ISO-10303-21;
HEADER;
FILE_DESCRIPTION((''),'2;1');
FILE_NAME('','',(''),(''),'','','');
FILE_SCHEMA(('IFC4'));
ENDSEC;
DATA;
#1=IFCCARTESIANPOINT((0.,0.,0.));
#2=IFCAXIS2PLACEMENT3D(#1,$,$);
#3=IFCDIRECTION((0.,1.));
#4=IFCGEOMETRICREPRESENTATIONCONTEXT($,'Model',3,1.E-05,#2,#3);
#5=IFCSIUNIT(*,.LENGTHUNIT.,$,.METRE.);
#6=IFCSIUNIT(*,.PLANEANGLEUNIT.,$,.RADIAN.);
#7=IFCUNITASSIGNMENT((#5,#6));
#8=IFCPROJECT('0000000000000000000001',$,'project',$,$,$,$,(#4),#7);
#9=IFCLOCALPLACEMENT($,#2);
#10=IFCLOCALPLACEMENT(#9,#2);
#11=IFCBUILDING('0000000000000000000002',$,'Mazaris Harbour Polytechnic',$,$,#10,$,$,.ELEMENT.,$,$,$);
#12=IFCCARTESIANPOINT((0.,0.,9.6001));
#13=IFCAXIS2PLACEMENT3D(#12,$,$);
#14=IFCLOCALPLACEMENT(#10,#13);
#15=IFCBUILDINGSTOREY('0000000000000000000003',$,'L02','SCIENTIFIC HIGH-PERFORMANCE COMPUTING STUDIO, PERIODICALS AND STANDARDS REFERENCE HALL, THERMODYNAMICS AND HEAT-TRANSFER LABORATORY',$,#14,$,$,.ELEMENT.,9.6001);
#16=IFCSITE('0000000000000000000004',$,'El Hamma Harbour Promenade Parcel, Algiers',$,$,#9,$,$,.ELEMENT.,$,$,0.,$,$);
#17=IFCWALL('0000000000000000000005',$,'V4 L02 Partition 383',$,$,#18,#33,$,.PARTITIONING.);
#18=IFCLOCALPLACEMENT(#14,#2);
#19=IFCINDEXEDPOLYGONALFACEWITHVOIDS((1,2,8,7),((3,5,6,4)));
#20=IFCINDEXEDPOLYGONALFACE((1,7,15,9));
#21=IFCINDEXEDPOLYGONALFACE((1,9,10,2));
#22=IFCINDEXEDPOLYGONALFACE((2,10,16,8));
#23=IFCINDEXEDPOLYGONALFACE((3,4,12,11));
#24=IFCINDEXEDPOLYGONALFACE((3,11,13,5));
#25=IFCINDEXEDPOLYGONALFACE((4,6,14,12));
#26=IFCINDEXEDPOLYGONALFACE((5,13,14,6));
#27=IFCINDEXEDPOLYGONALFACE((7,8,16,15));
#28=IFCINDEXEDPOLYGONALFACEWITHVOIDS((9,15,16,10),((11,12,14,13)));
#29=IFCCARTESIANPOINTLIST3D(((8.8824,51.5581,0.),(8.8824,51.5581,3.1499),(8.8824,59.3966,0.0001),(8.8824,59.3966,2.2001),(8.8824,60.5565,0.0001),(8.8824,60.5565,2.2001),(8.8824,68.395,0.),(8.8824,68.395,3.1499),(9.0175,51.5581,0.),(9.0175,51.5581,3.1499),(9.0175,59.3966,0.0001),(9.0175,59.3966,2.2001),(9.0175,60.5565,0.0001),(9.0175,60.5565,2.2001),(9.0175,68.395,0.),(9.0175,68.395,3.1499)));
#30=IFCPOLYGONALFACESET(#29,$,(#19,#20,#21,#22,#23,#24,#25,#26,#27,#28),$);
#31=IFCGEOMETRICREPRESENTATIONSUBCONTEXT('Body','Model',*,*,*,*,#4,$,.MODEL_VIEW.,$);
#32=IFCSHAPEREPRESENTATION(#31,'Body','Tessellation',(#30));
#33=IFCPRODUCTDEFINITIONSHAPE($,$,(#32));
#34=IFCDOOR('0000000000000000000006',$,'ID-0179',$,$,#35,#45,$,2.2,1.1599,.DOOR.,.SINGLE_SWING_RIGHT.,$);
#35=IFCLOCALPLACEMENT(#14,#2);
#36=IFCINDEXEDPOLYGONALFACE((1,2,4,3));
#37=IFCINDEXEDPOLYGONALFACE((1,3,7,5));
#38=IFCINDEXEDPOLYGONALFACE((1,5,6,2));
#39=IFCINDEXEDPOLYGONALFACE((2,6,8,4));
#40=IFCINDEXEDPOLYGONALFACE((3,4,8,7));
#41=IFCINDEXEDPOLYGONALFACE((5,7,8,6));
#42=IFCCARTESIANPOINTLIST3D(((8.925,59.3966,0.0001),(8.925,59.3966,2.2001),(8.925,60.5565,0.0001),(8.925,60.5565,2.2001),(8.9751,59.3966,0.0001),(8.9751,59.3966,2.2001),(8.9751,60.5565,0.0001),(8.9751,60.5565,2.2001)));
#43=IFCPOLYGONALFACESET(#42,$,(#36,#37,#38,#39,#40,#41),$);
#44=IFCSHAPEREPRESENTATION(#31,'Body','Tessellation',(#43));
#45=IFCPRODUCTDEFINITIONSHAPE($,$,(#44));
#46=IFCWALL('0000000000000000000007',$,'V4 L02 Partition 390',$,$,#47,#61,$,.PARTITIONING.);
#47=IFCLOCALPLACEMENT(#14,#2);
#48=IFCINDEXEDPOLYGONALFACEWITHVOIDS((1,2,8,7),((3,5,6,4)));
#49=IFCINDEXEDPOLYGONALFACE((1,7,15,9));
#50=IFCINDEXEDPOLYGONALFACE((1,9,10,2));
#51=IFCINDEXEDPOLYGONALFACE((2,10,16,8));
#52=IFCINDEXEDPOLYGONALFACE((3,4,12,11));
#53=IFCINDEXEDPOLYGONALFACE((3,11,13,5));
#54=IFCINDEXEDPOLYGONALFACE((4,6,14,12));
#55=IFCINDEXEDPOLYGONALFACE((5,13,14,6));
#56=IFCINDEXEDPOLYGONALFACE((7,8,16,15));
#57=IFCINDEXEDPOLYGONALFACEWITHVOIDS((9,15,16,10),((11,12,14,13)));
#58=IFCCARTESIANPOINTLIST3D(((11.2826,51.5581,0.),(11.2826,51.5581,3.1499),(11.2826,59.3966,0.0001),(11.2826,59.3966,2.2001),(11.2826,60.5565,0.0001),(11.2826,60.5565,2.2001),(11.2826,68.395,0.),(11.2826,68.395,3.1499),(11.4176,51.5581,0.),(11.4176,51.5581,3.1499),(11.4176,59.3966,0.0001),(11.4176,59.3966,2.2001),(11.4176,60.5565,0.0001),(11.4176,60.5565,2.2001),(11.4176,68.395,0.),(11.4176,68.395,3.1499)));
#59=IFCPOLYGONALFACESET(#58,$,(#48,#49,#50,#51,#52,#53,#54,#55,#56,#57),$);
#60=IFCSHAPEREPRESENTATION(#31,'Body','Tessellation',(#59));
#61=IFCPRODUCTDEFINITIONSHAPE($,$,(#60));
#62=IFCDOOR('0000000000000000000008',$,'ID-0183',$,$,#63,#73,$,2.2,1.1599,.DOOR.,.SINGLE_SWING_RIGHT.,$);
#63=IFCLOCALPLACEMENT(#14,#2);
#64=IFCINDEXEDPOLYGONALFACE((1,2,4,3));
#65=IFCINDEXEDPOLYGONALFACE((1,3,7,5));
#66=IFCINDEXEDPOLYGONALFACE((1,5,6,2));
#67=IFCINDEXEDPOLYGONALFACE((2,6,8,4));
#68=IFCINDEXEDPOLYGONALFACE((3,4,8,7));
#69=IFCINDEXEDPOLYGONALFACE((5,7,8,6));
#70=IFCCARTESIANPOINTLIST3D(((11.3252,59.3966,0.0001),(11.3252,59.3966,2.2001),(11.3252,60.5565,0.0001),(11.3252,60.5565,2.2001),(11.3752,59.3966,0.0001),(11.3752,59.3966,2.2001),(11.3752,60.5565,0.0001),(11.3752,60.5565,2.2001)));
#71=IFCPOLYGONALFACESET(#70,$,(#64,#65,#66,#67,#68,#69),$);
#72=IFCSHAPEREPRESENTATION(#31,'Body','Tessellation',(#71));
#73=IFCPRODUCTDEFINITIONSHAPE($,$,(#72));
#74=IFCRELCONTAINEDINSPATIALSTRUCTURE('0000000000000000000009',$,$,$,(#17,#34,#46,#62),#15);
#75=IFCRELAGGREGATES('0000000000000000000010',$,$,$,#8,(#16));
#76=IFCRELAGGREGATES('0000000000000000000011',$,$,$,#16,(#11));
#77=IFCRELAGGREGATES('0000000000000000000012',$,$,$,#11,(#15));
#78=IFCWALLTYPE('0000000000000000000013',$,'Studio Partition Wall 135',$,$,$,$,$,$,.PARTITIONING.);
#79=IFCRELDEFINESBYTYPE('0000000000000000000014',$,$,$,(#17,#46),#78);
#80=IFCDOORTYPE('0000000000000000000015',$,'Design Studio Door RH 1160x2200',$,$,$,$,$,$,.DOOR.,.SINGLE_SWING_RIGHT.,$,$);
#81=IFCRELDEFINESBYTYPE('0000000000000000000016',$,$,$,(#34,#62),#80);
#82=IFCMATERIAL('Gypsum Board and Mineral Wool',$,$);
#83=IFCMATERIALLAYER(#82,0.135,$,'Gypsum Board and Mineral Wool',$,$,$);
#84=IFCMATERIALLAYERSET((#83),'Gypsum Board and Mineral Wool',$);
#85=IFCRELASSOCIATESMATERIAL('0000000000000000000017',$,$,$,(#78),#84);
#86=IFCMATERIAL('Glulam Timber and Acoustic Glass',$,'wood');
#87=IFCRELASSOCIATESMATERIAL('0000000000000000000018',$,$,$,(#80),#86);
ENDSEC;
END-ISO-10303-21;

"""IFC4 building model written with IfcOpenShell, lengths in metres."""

from ifc_helpers import new_model, si_unit, direction, frame, frame_2d, origin, place, context, subcontext, project, spatial, rectangle, extrude, material, layer, layer_set, type_object, element, fill, save


model = new_model("IFC4")

# Units and contexts
model_context = context("Model", 3, precision=1e-05, world=origin(), true_north=direction((0.0, 1.0)))
body_context = subcontext(model_context, "Body", "Model", "MODEL_VIEW")
ifc_project = project(units=[si_unit("LENGTHUNIT", "METRE"), si_unit("PLANEANGLEUNIT", "RADIAN")], contexts=[model_context])

# Site, building, storey
site_placement = place(None, origin())
site = spatial("IfcSite", under=ifc_project, at=site_placement, Name="El Hamma Harbour Promenade Parcel, Algiers", CompositionType="ELEMENT", RefElevation=0.0)
building_placement = place(site_placement, origin())
building = spatial("IfcBuilding", under=site, at=building_placement, Name="Mazaris Harbour Polytechnic", CompositionType="ELEMENT")
storey_placement = place(building_placement, frame((0.0, 0.0, 9.6001)))
storey = spatial("IfcBuildingStorey", under=building, at=storey_placement, Name="L02", Description="SCIENTIFIC HIGH-PERFORMANCE COMPUTING STUDIO, PERIODICALS AND STANDARDS REFERENCE HALL, THERMODYNAMICS AND HEAT-TRANSFER LABORATORY", CompositionType="ELEMENT", Elevation=9.6001)

# Walls, openings, doors
ifc_material_1 = material(Name="Gypsum Board and Mineral Wool")
ifc_layer_1 = layer(ifc_material_1, 0.135, Name="Gypsum Board and Mineral Wool")
ifc_layer_set_1 = layer_set([ifc_layer_1], Name="Gypsum Board and Mineral Wool")
wall_type_1 = type_object("IfcWallType", Name="Studio Partition Wall 135", PredefinedType="PARTITIONING", material=ifc_layer_set_1)
wall_1_placement = place(storey_placement, frame((8.95, 51.5581, 0.0), z_axis=(0.0, 0.0, 1.0), x_axis=(0.0, 1.0, 0.0)))
wall_1 = element("IfcWall", 1, at=wall_1_placement, inside=storey, type_object=wall_type_1, Name="V4 L02 Partition 383", PredefinedType="PARTITIONING", context=body_context, shape_type="SweptSolid", body=[
    extrude(rectangle(XDim=16.8369, YDim=0.135, at=frame_2d((8.4185, 0.0))), origin(), (0.0, 0.0, 1.0), 3.1499),
])
opening_1_placement = place(wall_1_placement, frame((7.8384, 0.0, 0.0)))
opening_1 = element("IfcOpeningElement", 2, at=opening_1_placement, cuts=wall_1, PredefinedType="OPENING", context=body_context, shape_type="SweptSolid", body=[
    extrude(rectangle(XDim=1.1599, YDim=2.2, at=frame_2d((0.5801, 1.1001))), frame((0.0, 0.0774, 0.0), z_axis=(0.0, -1.0, 0.0), x_axis=(1.0, 0.0, 0.0)), (0.0, 0.0, 1.0), 0.155),
])
ifc_material_2 = material(Name="Glulam Timber and Acoustic Glass", Category="wood")
door_type = type_object("IfcDoorType", Name="Design Studio Door RH 1160x2200", OperationType="SINGLE_SWING_RIGHT", PredefinedType="DOOR", material=ifc_material_2)
door_1_placement = place(opening_1_placement, origin())
door_1 = element("IfcDoor", 3, at=door_1_placement, inside=storey, type_object=door_type, Name="ID-0179", OperationType="SINGLE_SWING_RIGHT", OverallHeight=2.2, OverallWidth=1.1599, PredefinedType="DOOR", context=body_context, shape_type="SweptSolid", body=[
    extrude(rectangle(XDim=1.1599, YDim=2.2, at=frame_2d((0.5801, 1.1001))), frame((0.0, 0.0249, 0.0), z_axis=(0.0, -1.0, 0.0), x_axis=(1.0, 0.0, 0.0)), (0.0, 0.0, 1.0), 0.05),
])
fill(opening_1, door_1)
wall_2_placement = place(storey_placement, frame((11.3501, 51.5581, 0.0), z_axis=(0.0, 0.0, 1.0), x_axis=(0.0, 1.0, 0.0)))
wall_2 = element("IfcWall", 4, at=wall_2_placement, inside=storey, type_object=wall_type_1, Name="V4 L02 Partition 390", PredefinedType="PARTITIONING", context=body_context, shape_type="SweptSolid", body=[
    extrude(rectangle(XDim=16.8369, YDim=0.135, at=frame_2d((8.4185, 0.0))), origin(), (0.0, 0.0, 1.0), 3.1499),
])
opening_2_placement = place(wall_2_placement, frame((7.8384, 0.0, 0.0)))
opening_2 = element("IfcOpeningElement", 5, at=opening_2_placement, cuts=wall_2, PredefinedType="OPENING", context=body_context, shape_type="SweptSolid", body=[
    extrude(rectangle(XDim=1.1599, YDim=2.2, at=frame_2d((0.5801, 1.1001))), frame((0.0, 0.0774, 0.0), z_axis=(0.0, -1.0, 0.0), x_axis=(1.0, 0.0, 0.0)), (0.0, 0.0, 1.0), 0.155),
])
door_2_placement = place(opening_2_placement, origin())
door_2 = element("IfcDoor", 6, at=door_2_placement, inside=storey, type_object=door_type, Name="ID-0183", OperationType="SINGLE_SWING_RIGHT", OverallHeight=2.2, OverallWidth=1.1599, PredefinedType="DOOR", context=body_context, shape_type="SweptSolid", body=[
    extrude(rectangle(XDim=1.1599, YDim=2.2, at=frame_2d((0.5801, 1.1001))), frame((0.0, 0.0249, 0.0), z_axis=(0.0, -1.0, 0.0), x_axis=(1.0, 0.0, 0.0)), (0.0, 0.0, 1.0), 0.05),
])
fill(opening_2, door_2)

save(model, "model.ifc")
